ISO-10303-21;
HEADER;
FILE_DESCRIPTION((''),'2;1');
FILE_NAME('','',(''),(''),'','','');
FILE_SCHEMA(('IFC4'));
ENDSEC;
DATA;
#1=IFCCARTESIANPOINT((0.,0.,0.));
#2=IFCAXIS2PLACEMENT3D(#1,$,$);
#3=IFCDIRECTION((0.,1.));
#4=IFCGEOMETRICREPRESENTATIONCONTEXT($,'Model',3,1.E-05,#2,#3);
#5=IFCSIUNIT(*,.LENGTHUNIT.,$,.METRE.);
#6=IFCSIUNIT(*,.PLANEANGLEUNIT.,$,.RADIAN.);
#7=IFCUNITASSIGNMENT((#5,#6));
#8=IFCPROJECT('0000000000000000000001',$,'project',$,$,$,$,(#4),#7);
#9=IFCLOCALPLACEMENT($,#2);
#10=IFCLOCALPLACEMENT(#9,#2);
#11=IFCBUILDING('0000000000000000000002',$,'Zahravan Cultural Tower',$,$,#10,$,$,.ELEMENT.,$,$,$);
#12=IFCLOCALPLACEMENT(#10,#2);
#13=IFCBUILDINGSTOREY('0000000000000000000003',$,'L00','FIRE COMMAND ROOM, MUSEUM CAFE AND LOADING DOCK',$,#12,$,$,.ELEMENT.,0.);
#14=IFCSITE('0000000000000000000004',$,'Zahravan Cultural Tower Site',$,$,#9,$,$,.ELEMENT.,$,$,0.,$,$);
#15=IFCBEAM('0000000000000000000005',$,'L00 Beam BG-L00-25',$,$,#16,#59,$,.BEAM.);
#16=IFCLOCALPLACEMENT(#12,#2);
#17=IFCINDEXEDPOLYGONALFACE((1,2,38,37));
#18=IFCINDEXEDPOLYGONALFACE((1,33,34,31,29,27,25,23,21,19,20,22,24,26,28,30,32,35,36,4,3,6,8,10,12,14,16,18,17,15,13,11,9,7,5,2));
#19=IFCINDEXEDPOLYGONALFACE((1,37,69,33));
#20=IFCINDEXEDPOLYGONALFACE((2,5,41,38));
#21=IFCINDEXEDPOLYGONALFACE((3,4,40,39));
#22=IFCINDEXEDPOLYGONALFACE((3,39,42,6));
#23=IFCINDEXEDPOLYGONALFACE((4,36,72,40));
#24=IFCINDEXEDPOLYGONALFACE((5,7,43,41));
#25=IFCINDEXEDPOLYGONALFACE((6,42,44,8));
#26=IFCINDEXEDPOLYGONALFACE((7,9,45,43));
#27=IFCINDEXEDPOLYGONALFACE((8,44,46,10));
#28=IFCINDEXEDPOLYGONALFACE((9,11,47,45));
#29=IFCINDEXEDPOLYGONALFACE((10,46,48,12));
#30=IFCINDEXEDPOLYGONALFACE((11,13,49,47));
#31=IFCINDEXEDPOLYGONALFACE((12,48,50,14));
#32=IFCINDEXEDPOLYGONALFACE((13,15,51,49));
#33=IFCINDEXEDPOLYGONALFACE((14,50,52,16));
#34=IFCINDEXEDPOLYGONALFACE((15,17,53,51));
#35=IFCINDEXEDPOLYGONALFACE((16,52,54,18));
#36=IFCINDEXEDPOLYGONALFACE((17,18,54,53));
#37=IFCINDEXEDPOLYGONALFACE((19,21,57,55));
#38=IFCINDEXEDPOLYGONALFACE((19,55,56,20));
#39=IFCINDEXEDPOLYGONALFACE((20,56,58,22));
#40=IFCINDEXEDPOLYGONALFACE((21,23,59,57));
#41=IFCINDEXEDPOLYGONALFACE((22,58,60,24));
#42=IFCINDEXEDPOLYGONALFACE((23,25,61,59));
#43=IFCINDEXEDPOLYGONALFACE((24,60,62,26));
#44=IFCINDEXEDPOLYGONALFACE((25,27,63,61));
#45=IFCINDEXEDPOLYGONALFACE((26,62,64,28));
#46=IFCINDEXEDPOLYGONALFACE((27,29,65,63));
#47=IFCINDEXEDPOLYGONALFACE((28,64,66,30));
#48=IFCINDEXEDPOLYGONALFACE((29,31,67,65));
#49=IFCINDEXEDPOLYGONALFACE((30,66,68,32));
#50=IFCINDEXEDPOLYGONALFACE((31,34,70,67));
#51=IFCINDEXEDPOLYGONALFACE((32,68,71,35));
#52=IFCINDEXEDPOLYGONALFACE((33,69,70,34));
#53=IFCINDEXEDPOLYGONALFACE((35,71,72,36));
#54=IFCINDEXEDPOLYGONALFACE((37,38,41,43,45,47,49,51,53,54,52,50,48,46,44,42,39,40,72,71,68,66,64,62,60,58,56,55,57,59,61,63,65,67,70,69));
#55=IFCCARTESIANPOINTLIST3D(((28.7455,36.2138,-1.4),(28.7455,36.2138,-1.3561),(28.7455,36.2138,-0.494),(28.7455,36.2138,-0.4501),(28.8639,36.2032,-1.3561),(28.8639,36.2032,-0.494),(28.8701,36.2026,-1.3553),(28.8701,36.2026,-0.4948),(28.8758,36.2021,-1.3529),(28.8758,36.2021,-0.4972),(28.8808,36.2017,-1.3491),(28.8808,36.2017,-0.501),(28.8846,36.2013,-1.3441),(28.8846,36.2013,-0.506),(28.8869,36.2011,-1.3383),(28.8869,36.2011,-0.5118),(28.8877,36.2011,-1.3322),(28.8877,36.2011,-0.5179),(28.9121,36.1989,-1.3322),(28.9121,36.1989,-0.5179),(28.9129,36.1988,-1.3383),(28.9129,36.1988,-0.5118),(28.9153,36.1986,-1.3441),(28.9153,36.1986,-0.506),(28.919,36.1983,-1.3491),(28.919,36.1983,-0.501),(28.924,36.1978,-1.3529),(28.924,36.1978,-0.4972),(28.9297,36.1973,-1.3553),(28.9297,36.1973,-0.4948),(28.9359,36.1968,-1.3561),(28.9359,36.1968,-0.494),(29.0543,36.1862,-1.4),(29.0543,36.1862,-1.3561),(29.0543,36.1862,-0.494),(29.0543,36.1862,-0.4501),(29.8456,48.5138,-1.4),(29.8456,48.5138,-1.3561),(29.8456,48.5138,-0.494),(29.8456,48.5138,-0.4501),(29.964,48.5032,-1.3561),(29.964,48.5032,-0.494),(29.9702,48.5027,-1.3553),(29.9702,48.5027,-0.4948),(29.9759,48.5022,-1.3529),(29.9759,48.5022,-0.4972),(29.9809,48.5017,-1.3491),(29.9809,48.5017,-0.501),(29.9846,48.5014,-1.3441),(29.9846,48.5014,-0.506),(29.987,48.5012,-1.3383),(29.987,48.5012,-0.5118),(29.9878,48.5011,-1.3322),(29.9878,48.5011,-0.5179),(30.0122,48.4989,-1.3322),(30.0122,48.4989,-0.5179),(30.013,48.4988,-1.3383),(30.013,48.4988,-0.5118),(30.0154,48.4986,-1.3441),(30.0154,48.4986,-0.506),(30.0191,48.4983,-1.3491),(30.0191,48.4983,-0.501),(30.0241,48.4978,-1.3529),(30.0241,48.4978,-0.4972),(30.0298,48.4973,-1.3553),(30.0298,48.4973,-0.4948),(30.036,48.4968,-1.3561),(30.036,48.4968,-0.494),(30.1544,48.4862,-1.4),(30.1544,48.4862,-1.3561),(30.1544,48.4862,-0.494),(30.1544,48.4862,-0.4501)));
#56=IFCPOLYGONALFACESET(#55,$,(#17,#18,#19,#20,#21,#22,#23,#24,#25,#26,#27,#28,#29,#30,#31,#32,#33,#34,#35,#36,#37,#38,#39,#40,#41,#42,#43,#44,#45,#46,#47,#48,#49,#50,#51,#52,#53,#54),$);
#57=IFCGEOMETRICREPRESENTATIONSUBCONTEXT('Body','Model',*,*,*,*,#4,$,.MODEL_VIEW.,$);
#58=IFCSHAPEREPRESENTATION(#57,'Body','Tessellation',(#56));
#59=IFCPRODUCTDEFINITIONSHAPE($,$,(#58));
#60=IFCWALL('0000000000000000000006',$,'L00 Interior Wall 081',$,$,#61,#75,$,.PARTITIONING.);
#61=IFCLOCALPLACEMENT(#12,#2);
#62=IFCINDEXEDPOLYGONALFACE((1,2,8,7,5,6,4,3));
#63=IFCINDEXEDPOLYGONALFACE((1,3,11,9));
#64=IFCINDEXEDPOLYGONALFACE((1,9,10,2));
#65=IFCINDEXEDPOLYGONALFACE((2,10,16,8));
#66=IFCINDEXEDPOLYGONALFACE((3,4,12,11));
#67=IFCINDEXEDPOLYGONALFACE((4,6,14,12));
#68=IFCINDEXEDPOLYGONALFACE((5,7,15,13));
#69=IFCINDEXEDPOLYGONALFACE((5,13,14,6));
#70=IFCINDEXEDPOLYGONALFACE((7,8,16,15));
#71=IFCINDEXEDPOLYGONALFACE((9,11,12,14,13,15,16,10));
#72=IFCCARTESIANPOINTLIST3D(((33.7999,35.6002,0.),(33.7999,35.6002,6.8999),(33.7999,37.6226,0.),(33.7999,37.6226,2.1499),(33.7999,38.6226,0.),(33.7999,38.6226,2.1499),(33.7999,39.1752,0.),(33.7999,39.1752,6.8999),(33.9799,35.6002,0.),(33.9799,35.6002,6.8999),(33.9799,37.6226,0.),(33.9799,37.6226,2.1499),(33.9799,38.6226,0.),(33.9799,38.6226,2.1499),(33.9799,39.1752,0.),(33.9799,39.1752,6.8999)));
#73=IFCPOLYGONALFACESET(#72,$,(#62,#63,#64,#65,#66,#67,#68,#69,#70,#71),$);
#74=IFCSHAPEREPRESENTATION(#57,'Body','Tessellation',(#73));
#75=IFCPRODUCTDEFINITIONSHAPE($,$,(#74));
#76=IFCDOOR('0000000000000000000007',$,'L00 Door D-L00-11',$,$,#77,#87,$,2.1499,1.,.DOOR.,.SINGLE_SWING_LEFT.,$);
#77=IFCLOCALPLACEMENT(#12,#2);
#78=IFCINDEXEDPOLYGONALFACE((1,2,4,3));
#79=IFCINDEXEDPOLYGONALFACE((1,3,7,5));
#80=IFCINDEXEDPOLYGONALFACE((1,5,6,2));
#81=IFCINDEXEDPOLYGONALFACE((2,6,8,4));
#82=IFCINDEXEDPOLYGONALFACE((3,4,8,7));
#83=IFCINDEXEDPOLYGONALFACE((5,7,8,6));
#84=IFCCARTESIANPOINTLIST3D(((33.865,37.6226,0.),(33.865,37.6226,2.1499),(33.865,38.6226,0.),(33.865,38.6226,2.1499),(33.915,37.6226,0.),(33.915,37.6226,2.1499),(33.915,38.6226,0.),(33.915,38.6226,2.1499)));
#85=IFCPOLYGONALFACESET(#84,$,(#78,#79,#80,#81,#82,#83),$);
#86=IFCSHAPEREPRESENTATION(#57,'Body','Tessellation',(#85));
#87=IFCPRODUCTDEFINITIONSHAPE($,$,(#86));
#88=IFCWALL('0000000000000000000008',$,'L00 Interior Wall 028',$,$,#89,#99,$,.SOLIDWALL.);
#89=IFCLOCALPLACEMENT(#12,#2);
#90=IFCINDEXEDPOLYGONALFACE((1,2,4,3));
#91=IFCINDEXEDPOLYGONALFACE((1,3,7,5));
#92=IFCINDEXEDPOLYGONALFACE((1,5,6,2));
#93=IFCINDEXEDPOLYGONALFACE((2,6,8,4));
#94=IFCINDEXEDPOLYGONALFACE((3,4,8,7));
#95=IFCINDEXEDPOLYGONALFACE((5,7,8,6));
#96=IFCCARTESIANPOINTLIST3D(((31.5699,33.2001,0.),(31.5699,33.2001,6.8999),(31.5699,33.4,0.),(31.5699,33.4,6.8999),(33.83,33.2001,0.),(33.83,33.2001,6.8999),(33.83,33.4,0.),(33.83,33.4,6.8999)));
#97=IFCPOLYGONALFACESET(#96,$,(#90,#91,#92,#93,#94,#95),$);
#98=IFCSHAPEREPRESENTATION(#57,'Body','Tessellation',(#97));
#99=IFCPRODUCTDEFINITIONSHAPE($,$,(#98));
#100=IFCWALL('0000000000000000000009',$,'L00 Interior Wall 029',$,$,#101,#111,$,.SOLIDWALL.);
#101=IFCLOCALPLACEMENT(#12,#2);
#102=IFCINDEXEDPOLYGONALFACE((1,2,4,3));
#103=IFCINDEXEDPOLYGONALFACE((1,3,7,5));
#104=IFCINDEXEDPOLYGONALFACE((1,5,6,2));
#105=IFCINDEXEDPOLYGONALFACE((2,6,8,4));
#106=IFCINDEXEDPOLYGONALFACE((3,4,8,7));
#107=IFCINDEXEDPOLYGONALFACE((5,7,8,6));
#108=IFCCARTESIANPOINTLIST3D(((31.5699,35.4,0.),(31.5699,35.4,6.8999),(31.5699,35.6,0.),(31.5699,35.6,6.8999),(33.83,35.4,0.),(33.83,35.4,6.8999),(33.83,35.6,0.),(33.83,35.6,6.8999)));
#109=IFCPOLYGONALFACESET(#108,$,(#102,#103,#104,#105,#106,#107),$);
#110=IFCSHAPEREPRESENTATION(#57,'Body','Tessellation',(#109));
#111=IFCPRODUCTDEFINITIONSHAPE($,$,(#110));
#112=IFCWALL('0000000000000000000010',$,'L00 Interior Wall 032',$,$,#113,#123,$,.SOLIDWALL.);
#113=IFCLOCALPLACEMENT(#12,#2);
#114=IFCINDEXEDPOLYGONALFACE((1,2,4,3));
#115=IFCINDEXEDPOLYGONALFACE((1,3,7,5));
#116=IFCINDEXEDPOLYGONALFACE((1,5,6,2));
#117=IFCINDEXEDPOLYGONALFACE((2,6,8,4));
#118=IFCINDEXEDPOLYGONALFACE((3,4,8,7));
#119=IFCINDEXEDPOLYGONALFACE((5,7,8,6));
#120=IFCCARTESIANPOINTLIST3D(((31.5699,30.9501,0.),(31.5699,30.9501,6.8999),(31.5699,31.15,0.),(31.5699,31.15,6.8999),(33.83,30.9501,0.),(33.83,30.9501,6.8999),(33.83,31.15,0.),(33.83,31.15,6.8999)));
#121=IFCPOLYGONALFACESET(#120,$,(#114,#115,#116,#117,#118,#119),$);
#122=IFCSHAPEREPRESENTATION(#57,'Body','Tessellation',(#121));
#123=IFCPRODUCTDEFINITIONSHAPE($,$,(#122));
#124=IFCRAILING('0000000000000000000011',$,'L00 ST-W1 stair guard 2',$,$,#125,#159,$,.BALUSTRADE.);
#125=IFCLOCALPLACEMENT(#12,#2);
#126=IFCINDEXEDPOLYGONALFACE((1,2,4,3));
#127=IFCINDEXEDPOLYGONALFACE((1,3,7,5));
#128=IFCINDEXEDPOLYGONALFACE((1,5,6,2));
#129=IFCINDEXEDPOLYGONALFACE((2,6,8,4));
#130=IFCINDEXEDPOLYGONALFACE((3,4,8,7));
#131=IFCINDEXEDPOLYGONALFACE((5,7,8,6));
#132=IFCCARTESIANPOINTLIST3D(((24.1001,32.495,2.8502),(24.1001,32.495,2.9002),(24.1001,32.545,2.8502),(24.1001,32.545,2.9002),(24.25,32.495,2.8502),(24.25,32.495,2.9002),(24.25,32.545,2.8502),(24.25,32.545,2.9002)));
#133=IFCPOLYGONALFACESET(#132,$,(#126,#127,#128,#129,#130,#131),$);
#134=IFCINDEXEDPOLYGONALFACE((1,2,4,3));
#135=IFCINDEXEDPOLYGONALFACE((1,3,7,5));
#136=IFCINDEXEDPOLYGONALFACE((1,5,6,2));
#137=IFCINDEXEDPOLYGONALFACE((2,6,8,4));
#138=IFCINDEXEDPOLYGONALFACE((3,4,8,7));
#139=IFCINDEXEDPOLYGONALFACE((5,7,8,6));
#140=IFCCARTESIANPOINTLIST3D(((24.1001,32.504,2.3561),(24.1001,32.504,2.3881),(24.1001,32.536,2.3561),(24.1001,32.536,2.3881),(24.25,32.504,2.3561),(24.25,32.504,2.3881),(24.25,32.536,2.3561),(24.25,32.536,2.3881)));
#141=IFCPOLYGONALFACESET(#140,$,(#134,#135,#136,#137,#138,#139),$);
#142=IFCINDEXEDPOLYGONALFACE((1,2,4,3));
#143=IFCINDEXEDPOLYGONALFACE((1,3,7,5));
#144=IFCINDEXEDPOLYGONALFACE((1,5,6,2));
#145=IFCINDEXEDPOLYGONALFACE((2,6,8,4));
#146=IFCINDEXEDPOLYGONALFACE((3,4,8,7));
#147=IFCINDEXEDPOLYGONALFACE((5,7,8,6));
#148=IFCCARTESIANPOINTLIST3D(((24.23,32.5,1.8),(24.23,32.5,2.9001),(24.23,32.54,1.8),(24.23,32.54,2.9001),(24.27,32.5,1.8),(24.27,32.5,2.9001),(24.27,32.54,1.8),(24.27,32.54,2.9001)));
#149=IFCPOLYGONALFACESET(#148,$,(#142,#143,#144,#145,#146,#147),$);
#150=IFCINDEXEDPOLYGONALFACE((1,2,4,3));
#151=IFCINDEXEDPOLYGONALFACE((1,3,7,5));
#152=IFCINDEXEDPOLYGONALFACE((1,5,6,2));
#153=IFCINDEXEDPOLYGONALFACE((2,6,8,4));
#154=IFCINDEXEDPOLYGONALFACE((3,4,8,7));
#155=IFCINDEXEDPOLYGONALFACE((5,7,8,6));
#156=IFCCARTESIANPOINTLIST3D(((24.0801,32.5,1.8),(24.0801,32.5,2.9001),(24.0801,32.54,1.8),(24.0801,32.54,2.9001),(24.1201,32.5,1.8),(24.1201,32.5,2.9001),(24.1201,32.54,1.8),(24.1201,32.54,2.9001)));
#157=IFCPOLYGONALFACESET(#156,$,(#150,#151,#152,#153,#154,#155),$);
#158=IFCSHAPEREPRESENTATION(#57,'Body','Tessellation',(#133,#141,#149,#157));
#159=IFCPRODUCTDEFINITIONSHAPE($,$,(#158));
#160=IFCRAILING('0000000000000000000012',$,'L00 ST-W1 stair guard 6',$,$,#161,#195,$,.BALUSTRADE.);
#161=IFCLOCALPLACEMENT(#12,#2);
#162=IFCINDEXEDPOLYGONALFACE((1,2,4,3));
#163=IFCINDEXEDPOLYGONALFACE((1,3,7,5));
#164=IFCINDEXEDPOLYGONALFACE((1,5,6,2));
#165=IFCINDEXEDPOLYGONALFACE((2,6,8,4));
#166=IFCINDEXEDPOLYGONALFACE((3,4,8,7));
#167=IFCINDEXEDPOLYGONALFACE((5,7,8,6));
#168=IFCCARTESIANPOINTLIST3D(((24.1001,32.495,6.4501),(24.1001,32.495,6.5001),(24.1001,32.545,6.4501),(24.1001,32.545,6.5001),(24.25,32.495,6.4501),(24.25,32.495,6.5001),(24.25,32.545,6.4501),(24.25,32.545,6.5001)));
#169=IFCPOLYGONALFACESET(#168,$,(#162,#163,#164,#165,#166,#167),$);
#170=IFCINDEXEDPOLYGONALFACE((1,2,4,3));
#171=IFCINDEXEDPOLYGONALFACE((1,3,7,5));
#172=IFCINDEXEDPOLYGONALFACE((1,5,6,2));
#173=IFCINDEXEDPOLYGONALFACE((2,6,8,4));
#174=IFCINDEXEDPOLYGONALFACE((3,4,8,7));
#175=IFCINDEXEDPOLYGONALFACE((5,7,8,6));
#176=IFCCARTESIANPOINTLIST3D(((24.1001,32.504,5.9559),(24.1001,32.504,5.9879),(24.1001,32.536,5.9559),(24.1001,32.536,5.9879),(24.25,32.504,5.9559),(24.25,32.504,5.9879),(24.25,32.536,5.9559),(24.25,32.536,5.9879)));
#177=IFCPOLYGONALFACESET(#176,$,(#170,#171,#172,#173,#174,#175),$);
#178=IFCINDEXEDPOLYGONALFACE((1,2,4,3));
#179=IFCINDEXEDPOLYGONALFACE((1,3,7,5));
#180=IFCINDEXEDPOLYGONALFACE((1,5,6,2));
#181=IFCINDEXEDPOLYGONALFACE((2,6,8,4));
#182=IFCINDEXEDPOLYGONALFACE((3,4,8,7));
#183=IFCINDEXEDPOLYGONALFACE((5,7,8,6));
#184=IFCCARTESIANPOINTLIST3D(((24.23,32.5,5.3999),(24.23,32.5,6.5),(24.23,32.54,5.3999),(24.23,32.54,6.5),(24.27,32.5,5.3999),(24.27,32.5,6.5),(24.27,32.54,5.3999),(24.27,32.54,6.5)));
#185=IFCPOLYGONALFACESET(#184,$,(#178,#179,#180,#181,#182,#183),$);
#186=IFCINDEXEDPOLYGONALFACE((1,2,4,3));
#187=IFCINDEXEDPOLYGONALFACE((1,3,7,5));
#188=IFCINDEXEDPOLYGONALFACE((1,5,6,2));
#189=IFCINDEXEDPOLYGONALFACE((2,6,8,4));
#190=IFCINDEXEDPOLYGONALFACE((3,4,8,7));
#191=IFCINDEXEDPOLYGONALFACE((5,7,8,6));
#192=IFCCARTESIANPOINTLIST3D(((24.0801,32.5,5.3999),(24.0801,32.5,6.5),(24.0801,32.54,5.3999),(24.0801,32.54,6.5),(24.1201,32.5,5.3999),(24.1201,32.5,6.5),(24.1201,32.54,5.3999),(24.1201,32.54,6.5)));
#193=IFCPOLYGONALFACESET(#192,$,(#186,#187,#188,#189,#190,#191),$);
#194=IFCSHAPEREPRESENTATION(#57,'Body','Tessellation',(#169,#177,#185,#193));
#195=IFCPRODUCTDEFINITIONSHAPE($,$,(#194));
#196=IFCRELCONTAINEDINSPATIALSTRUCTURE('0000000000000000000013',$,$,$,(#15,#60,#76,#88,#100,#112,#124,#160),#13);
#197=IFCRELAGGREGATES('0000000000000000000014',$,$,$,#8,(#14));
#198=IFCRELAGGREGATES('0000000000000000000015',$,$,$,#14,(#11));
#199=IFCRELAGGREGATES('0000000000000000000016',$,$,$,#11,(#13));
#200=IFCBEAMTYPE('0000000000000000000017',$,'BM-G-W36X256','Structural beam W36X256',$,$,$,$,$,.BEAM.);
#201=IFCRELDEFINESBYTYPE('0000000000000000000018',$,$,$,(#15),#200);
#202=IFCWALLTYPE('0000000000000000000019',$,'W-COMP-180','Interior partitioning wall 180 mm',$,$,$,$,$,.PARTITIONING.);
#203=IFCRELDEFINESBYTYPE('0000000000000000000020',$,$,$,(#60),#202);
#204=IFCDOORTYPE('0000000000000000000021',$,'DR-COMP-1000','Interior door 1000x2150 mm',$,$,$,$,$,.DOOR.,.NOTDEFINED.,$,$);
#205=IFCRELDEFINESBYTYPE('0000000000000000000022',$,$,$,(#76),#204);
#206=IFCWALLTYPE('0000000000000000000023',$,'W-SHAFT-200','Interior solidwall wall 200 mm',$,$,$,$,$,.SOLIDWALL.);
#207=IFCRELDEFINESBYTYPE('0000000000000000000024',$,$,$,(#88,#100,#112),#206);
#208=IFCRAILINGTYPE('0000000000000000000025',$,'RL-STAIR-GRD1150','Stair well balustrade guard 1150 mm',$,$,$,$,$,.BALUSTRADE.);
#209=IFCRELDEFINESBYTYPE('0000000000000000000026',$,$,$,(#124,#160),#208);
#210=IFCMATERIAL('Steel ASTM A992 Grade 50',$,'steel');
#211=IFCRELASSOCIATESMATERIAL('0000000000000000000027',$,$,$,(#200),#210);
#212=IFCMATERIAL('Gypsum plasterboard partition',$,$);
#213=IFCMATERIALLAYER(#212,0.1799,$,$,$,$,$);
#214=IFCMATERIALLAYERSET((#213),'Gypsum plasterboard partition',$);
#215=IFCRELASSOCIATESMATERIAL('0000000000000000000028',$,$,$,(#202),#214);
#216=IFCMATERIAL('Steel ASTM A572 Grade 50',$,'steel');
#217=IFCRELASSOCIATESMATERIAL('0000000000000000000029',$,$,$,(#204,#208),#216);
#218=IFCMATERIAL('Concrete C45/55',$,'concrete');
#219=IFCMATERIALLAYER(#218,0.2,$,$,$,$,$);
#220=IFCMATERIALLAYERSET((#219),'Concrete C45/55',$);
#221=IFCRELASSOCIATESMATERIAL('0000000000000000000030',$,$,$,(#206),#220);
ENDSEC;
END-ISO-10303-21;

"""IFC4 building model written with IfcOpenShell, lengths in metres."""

from ifc_helpers import new_model, si_unit, direction, frame, frame_2d, origin, origin_2d, place, context, subcontext, project, spatial, rectangle, i_section, extrude, source, transform, mapped, material, layer, layer_set, material_profile, profile_set, type_object, element, fill, save


model = new_model("IFC4")

# Units and contexts
model_context = context("Model", 3, precision=1e-05, world=origin(), true_north=direction((0.0, 1.0)))
body_context = subcontext(model_context, "Body", "Model", "MODEL_VIEW")
ifc_project = project(units=[si_unit("LENGTHUNIT", "METRE"), si_unit("PLANEANGLEUNIT", "RADIAN")], contexts=[model_context])

# Site, building, storey
site_placement = place(None, origin())
site = spatial("IfcSite", under=ifc_project, at=site_placement, Name="Zahravan Cultural Tower Site", CompositionType="ELEMENT", RefElevation=0.0)
building_placement = place(site_placement, origin())
building = spatial("IfcBuilding", under=site, at=building_placement, Name="Zahravan Cultural Tower", CompositionType="ELEMENT")
storey_placement = place(building_placement, origin())
storey = spatial("IfcBuildingStorey", under=building, at=storey_placement, Name="L00", Description="FIRE COMMAND ROOM, MUSEUM CAFE AND LOADING DOCK", CompositionType="ELEMENT", Elevation=0.0)

# Shared definitions
ifc_material_1 = material(Name="Steel ASTM A572 Grade 50", Category="steel")

# Beam
ifc_material_2 = material(Name="Steel ASTM A992 Grade 50", Category="steel")
ifc_material_profile_1 = material_profile(ifc_material_2, i_section(OverallWidth=0.3101, OverallDepth=0.95, WebThickness=0.0244, FlangeThickness=0.0439, FilletRadius=0.0239, at=origin_2d()), Name="W36X256")
ifc_profile_set_1 = profile_set([ifc_material_profile_1], Name="Steel ASTM A992 Grade 50")
beam_type_1 = type_object("IfcBeamType", Name="BM-G-W36X256", Description="Structural beam W36X256", PredefinedType="BEAM", material=ifc_profile_set_1)
shared_shape_1 = source(origin(), body_context, "Body", "SweptSolid", [
    extrude(i_section(OverallWidth=0.3101, OverallDepth=0.95, WebThickness=0.0244, FlangeThickness=0.0439, FilletRadius=0.0239, at=origin_2d()), origin(), (0.0, 0.0, 1.0), 12.3491),
])
beam_1_placement = place(storey_placement, frame((30.0, 48.5, -0.925), z_axis=(-0.089083, -0.996024, 0.0), x_axis=(0.996024, -0.089083, 0.0)))
element("IfcBeam", 1, at=beam_1_placement, inside=storey, type_object=beam_type_1, Name="L00 Beam BG-L00-25", PredefinedType="BEAM", context=body_context, shape_type="MappedRepresentation", body=[
    mapped(shared_shape_1, transform((0.0, 0.0, 0.0), x_axis=(1.0, 0.0, 0.0), y_axis=(0.0, 1.0, 0.0), z_axis=(0.0, 0.0, 1.0), scale=1.0)),
])

# Wall, opening, door
ifc_material_3 = material(Name="Gypsum plasterboard partition")
ifc_layer_1 = layer(ifc_material_3, 0.1799)
ifc_layer_set_1 = layer_set([ifc_layer_1], Name="Gypsum plasterboard partition")
wall_type_1 = type_object("IfcWallType", Name="W-COMP-180", Description="Interior partitioning wall 180 mm", PredefinedType="PARTITIONING", material=ifc_layer_set_1)
wall_1_placement = place(storey_placement, frame((33.8899, 35.6001, 0.0), z_axis=(0.0, 0.0, 1.0), x_axis=(0.0, 1.0, 0.0)))
wall_1 = element("IfcWall", 2, at=wall_1_placement, inside=storey, type_object=wall_type_1, Name="L00 Interior Wall 081", PredefinedType="PARTITIONING", context=body_context, shape_type="SweptSolid", body=[
    extrude(rectangle(XDim=3.575, YDim=0.1799, at=frame_2d((1.7876, 0.0))), origin(), (0.0, 0.0, 1.0), 6.8999),
])
opening_1_placement = place(wall_1_placement, frame((2.0225, 0.0, 0.0)))
opening_1 = element("IfcOpeningElement", 3, at=opening_1_placement, cuts=wall_1, PredefinedType="OPENING", context=body_context, shape_type="SweptSolid", body=[
    extrude(rectangle(XDim=1.0, YDim=2.1499, at=frame_2d((0.5, 1.075))), frame((0.0, 0.0999, 0.0), z_axis=(0.0, -1.0, 0.0), x_axis=(1.0, 0.0, 0.0)), (0.0, 0.0, 1.0), 0.2),
])
door_type_1 = type_object("IfcDoorType", Name="DR-COMP-1000", Description="Interior door 1000x2150 mm", OperationType="NOTDEFINED", PredefinedType="DOOR", material=ifc_material_1)
shared_shape_2 = source(origin(), body_context, "Body", "SweptSolid", [
    extrude(rectangle(XDim=1.0, YDim=2.1499, at=frame_2d((0.5, 1.075))), frame((0.0, 0.0249, 0.0), z_axis=(0.0, -1.0, 0.0), x_axis=(1.0, 0.0, 0.0)), (0.0, 0.0, 1.0), 0.05),
])
door_1_placement = place(opening_1_placement, origin())
door_1 = element("IfcDoor", 4, at=door_1_placement, inside=storey, type_object=door_type_1, Name="L00 Door D-L00-11", OperationType="SINGLE_SWING_LEFT", OverallHeight=2.1499, OverallWidth=1.0, PredefinedType="DOOR", context=body_context, shape_type="MappedRepresentation", body=[
    mapped(shared_shape_2, transform((0.0, 0.0, 0.0), x_axis=(1.0, 0.0, 0.0), y_axis=(0.0, 1.0, 0.0), z_axis=(0.0, 0.0, 1.0), scale=1.0)),
])
fill(opening_1, door_1)
ifc_material_4 = material(Name="Concrete C45/55", Category="concrete")
ifc_layer_2 = layer(ifc_material_4, 0.2)
ifc_layer_set_2 = layer_set([ifc_layer_2], Name="Concrete C45/55")
wall_type_2 = type_object("IfcWallType", Name="W-SHAFT-200", Description="Interior solidwall wall 200 mm", PredefinedType="SOLIDWALL", material=ifc_layer_set_2)

# Walls
shared_shape_3 = source(origin(), body_context, "Body", "SweptSolid", [
    extrude(rectangle(XDim=2.26, YDim=0.2, at=frame_2d((1.1299, 0.0))), origin(), (0.0, 0.0, 1.0), 6.8999),
])
for number, where, z_axis, x_axis, name in (
    (5, (31.5701, 33.3, 0.0), (0.0, 0.0, 1.0), (1.0, 0.0, 0.0), "L00 Interior Wall 028"),
    (6, (31.5701, 35.5, 0.0), (0.0, 0.0, 1.0), (1.0, 0.0, 0.0), "L00 Interior Wall 029"),
    (7, (31.5701, 31.05, 0.0), (0.0, 0.0, 1.0), (1.0, 0.0, 0.0), "L00 Interior Wall 032"),
):
    element("IfcWall", number, at=place(storey_placement, frame(where, z_axis=z_axis, x_axis=x_axis)), inside=storey, type_object=wall_type_2, Name=name, PredefinedType="SOLIDWALL", context=body_context, shape_type="MappedRepresentation", body=[
        mapped(shared_shape_3, transform((0.0, 0.0, 0.0), x_axis=(1.0, 0.0, 0.0), y_axis=(0.0, 1.0, 0.0), z_axis=(0.0, 0.0, 1.0), scale=1.0)),
    ])

# Railings
railing_type_1 = type_object("IfcRailingType", Name="RL-STAIR-GRD1150", Description="Stair well balustrade guard 1150 mm", PredefinedType="BALUSTRADE", material=ifc_material_1)
for number, where, name in (
    (8, (24.25, 32.52, 1.8), "L00 ST-W1 stair guard 2"),
    (9, (24.25, 32.52, 5.3999), "L00 ST-W1 stair guard 6"),
):
    element("IfcRailing", number, at=place(storey_placement, frame(where)), inside=storey, type_object=railing_type_1, Name=name, PredefinedType="BALUSTRADE", context=body_context, shape_type="SweptSolid", body=[
        extrude(rectangle(XDim=0.05, YDim=0.05, at=origin_2d()), frame((0.0, 0.0, 1.0752), z_axis=(-1.0, 0.0, 0.0), x_axis=(0.0, -1.0, 0.0)), (0.0, 0.0, 1.0), 0.1499),
        extrude(rectangle(XDim=0.032, YDim=0.032, at=origin_2d()), frame((0.0, 0.0, 0.572), z_axis=(-1.0, 0.0, 0.0), x_axis=(0.0, -1.0, 0.0)), (0.0, 0.0, 1.0), 0.1499),
        extrude(rectangle(XDim=0.04, YDim=0.04, at=origin_2d()), origin(), (0.0, 0.0, 1.0), 1.1001),
        extrude(rectangle(XDim=0.04, YDim=0.04, at=origin_2d()), frame((-0.1499, 0.0, 0.0)), (0.0, 0.0, 1.0), 1.1001),
    ])

save(model, "model.ifc")
